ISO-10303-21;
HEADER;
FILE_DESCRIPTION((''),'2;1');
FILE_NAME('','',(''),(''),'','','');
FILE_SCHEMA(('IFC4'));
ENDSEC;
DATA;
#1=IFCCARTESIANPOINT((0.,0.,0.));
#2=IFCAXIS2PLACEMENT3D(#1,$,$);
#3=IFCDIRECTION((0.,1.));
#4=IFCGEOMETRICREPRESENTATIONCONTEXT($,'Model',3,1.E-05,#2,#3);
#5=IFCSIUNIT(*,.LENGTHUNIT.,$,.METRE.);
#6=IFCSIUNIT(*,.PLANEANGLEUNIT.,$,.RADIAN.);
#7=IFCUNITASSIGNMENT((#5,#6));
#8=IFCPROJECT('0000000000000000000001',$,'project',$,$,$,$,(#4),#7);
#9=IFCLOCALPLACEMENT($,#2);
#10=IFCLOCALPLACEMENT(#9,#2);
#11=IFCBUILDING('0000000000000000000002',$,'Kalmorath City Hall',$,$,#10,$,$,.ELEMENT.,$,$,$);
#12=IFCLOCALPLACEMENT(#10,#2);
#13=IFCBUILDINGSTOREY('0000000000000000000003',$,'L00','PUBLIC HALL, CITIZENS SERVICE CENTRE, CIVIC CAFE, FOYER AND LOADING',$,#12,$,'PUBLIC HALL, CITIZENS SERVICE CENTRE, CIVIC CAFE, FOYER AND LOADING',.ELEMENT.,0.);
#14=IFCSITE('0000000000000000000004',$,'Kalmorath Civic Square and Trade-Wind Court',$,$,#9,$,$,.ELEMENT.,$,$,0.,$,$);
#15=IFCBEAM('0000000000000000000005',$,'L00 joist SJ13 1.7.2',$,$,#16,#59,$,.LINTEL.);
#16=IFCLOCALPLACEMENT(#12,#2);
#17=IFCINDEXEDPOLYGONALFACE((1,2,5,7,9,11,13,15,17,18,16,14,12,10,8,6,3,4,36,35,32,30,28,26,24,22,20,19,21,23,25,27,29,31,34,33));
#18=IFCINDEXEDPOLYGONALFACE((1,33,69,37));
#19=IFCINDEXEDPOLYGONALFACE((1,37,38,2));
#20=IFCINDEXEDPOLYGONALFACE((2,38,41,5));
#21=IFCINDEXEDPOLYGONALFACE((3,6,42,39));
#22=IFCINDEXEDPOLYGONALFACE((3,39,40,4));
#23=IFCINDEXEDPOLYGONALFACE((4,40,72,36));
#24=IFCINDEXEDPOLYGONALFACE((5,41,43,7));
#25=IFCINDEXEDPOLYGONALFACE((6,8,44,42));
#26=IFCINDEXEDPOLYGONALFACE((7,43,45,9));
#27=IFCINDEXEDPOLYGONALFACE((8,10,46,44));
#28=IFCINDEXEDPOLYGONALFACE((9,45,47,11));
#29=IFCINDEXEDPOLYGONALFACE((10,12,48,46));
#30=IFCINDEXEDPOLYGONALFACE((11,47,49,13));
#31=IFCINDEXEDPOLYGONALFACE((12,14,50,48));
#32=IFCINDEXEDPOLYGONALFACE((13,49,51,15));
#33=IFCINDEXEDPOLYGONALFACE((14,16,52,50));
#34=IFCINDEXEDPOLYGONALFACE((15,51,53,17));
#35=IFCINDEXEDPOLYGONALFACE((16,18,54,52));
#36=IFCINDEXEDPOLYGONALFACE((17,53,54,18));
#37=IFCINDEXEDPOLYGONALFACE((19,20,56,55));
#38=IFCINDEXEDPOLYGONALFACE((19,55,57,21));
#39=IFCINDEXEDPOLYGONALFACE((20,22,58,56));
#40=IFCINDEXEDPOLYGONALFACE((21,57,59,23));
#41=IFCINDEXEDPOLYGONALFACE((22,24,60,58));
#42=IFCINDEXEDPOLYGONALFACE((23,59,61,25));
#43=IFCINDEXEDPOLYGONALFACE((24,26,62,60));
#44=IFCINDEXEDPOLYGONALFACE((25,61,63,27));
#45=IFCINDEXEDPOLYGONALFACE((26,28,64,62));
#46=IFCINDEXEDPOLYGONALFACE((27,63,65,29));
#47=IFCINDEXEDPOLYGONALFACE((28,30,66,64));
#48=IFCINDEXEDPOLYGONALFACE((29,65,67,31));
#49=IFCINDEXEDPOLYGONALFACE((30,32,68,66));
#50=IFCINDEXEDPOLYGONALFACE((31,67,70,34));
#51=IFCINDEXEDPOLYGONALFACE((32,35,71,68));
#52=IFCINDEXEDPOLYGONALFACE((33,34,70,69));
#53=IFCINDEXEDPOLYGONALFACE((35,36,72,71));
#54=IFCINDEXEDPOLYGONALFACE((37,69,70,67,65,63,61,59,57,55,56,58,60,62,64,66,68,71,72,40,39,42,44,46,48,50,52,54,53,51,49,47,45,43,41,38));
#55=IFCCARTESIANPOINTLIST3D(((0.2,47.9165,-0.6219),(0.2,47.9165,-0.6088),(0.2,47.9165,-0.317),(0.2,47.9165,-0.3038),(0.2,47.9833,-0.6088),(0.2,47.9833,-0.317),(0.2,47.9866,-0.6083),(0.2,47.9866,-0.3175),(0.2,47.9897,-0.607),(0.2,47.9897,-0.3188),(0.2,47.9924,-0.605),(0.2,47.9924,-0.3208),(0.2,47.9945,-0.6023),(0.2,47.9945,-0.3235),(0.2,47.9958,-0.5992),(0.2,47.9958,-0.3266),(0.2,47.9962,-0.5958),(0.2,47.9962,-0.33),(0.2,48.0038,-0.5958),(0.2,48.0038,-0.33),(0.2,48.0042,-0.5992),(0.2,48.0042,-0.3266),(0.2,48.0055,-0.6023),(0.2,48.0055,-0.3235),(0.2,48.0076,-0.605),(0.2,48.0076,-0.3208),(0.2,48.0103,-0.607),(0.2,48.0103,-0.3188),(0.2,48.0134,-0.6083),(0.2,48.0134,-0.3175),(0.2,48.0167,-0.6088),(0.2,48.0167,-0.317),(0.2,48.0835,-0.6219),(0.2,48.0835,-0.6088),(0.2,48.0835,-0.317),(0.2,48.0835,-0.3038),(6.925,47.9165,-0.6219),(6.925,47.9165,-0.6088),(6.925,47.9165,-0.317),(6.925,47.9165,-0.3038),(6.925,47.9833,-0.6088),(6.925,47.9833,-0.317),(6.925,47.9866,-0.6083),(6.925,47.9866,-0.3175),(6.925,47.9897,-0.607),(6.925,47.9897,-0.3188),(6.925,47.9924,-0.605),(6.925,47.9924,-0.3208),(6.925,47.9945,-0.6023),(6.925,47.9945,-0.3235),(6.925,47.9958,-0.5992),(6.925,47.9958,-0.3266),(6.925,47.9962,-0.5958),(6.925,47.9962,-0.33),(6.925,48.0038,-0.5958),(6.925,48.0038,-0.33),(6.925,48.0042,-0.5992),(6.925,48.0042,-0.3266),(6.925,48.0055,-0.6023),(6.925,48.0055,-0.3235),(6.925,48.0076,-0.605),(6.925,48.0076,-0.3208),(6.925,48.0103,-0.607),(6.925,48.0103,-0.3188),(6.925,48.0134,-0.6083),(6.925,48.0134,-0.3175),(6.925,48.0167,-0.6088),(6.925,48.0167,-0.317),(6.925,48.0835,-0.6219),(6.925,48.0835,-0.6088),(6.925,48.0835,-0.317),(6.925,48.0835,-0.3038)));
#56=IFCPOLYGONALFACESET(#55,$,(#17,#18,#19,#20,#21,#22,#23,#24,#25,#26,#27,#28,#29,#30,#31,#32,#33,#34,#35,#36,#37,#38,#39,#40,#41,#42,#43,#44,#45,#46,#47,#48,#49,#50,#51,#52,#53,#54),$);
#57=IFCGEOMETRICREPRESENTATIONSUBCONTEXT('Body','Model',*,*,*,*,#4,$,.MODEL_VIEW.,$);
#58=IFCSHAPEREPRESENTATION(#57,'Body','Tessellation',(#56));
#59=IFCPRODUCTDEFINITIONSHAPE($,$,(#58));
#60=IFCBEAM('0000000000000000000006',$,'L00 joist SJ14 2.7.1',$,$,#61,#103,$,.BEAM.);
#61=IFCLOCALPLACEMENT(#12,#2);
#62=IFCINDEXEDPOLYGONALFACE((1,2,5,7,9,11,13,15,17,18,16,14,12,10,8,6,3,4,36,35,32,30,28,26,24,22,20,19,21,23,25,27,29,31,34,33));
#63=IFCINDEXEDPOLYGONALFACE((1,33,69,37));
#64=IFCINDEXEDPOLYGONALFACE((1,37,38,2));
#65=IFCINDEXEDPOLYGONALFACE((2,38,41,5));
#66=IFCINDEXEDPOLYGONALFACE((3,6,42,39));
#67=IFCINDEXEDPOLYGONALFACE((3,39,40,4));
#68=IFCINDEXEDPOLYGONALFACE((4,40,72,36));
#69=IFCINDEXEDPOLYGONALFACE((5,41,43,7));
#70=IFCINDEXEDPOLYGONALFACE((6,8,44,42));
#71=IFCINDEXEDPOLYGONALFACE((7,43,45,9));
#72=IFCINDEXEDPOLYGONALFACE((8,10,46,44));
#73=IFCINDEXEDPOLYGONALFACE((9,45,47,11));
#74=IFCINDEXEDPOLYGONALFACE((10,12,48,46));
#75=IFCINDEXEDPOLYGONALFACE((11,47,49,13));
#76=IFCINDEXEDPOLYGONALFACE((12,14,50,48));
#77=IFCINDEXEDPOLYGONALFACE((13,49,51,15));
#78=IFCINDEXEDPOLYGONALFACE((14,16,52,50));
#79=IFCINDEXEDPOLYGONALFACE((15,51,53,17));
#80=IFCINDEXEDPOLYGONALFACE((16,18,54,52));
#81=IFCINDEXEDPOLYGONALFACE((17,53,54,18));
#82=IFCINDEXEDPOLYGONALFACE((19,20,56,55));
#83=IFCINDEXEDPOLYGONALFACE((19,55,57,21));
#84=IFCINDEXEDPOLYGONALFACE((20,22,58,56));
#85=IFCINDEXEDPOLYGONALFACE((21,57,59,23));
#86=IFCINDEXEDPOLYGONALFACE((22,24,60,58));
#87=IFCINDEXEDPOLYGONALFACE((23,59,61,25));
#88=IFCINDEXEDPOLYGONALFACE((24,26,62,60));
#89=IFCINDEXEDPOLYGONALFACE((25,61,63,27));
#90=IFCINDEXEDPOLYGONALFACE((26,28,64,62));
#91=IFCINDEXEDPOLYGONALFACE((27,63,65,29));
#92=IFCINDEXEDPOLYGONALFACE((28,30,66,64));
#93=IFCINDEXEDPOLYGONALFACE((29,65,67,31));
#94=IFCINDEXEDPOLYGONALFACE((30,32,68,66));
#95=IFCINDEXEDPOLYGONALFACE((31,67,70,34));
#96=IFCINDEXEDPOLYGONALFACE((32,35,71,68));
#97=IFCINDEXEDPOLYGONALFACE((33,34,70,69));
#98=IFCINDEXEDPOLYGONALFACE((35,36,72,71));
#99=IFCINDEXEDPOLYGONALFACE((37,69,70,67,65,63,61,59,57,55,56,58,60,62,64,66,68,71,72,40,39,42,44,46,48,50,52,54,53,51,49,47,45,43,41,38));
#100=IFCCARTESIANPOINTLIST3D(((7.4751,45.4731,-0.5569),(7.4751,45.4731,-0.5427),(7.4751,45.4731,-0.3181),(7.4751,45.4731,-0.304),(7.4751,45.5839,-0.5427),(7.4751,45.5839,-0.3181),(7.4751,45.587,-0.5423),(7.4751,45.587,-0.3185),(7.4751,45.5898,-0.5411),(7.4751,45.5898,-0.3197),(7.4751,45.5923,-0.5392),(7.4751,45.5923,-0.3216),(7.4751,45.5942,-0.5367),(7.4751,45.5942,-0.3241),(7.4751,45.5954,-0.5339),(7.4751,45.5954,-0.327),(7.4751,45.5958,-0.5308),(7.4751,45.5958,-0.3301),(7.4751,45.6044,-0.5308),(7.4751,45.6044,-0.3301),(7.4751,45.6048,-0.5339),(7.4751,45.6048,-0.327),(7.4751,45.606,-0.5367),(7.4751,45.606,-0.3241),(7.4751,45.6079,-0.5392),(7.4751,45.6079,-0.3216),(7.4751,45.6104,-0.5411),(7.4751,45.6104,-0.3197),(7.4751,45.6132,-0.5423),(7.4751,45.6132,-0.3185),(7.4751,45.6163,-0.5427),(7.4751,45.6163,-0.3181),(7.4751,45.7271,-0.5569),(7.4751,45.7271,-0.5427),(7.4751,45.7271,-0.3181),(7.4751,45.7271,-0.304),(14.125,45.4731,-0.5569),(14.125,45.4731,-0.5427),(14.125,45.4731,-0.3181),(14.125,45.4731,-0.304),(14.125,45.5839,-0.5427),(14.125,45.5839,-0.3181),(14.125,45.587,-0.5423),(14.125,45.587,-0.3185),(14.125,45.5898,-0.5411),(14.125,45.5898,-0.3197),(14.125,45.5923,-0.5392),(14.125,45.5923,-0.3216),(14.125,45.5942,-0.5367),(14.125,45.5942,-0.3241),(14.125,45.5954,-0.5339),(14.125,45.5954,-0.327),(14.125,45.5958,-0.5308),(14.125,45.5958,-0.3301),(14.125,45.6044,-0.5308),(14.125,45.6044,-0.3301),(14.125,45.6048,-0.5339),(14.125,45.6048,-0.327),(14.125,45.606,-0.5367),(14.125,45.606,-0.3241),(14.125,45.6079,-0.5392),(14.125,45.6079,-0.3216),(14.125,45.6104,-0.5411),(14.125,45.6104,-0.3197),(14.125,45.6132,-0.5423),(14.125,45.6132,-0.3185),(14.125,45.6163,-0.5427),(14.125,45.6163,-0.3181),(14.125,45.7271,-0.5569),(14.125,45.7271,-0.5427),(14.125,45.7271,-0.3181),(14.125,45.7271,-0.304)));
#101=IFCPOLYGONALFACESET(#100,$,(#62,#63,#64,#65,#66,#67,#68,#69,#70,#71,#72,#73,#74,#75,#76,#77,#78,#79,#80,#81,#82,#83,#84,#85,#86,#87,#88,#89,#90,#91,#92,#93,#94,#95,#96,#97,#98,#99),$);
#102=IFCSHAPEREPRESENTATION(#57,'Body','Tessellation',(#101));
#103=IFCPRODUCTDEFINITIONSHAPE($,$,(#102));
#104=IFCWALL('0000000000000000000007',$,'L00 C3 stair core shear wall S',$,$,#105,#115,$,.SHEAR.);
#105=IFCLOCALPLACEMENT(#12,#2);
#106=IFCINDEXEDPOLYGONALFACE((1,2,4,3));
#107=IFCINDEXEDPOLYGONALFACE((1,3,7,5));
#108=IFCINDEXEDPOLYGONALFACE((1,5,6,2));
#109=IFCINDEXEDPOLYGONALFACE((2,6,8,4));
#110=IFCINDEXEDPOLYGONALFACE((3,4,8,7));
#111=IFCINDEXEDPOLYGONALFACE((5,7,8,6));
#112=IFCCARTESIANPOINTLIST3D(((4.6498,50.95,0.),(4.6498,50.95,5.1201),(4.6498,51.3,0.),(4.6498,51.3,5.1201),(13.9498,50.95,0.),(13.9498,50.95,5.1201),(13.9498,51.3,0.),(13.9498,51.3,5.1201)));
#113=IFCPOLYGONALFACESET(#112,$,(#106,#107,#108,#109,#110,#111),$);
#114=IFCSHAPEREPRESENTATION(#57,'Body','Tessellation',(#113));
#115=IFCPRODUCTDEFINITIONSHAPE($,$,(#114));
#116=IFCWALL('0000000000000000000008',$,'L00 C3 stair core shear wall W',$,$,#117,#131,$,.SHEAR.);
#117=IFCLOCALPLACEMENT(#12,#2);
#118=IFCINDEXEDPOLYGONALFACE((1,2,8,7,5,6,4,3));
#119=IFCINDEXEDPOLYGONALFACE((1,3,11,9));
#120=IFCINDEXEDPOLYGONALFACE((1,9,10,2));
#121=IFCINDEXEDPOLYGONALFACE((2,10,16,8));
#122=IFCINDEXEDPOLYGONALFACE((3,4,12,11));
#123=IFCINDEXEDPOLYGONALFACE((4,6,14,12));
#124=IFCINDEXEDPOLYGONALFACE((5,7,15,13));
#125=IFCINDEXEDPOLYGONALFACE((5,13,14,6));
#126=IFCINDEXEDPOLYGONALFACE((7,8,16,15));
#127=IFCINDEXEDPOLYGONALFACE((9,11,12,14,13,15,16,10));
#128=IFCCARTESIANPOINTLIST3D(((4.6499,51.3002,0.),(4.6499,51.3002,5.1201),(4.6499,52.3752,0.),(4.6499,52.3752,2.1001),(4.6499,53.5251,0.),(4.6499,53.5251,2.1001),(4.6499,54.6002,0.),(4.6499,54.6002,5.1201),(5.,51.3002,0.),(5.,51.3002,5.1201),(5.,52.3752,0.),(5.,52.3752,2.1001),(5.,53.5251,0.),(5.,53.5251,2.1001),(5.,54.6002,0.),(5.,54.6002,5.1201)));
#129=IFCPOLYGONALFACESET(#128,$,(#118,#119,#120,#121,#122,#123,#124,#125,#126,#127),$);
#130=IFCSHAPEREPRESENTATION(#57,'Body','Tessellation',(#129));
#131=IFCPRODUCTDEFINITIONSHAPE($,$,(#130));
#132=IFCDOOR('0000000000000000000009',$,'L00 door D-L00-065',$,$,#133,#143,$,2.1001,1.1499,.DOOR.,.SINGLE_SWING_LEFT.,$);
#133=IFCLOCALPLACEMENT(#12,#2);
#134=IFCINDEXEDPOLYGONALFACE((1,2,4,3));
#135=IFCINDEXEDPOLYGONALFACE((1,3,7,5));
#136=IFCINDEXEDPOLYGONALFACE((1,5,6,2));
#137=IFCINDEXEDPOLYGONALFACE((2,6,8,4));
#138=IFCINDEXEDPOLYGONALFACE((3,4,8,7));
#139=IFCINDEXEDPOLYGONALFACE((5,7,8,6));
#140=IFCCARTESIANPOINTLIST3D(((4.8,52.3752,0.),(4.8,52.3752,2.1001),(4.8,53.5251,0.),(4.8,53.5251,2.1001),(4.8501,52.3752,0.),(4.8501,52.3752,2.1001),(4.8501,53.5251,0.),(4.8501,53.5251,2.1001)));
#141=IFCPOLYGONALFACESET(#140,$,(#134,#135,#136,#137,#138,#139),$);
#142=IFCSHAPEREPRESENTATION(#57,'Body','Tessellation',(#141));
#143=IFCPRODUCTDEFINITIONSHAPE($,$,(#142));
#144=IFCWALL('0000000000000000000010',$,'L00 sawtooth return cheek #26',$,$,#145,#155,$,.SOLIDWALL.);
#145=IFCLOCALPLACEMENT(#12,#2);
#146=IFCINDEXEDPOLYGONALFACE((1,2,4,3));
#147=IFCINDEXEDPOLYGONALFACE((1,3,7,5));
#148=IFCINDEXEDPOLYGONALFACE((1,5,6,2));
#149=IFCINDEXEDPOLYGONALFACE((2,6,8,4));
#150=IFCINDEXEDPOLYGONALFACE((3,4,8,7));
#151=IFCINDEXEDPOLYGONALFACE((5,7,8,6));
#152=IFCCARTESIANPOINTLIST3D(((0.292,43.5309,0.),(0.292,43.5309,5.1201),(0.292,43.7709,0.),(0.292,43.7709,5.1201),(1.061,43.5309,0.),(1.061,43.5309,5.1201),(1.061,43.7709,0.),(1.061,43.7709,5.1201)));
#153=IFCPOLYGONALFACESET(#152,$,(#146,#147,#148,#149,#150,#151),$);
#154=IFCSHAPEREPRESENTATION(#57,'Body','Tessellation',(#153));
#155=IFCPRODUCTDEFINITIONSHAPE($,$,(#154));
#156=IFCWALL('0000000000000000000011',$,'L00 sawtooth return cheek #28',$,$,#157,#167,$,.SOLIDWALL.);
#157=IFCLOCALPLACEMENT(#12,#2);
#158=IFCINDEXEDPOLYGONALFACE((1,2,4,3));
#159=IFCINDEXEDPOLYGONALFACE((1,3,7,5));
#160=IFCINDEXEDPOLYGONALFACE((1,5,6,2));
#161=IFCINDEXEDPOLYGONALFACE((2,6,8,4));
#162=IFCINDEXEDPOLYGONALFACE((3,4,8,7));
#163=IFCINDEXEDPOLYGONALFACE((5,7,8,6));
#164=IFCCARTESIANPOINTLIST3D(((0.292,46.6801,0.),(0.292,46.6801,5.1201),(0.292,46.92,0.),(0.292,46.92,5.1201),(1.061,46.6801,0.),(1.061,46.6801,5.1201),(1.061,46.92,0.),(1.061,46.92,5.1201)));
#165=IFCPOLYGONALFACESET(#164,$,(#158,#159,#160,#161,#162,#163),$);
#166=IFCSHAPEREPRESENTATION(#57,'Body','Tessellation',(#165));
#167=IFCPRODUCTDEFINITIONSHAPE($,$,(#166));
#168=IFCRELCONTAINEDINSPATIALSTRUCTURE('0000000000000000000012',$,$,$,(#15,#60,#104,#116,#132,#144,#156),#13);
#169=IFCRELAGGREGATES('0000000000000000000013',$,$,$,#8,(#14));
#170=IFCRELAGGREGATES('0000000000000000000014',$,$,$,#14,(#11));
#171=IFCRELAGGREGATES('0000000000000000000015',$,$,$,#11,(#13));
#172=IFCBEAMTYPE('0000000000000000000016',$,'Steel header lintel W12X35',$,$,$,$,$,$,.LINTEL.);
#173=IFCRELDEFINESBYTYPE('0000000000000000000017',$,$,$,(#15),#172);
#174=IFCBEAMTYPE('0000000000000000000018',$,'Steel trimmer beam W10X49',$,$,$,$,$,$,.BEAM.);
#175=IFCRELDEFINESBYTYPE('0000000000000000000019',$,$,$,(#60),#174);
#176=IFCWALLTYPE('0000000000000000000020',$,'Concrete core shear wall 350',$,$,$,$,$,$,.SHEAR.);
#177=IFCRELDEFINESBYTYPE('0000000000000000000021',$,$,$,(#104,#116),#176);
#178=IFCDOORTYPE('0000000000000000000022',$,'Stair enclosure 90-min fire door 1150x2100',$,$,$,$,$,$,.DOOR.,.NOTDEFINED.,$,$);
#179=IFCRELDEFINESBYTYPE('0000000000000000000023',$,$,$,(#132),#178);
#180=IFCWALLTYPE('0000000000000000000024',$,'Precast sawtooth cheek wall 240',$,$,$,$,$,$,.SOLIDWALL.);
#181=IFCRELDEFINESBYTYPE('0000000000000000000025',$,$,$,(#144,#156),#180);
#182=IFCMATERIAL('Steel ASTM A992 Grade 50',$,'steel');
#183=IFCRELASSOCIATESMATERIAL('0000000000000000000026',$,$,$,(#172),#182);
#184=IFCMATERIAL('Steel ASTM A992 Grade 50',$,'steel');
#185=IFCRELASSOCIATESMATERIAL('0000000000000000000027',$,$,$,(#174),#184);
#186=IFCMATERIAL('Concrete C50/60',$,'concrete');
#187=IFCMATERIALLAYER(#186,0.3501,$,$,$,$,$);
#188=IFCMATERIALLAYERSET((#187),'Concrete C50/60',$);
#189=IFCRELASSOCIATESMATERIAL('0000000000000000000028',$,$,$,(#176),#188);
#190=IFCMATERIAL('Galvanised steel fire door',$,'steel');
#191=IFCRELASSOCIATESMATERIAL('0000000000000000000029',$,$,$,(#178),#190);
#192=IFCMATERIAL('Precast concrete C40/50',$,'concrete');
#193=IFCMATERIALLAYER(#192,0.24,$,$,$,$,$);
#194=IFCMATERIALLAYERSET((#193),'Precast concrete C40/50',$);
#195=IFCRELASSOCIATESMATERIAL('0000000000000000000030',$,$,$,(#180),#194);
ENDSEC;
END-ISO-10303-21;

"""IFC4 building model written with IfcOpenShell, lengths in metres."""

from ifc_helpers import new_model, si_unit, direction, frame, frame_2d, origin, origin_2d, place, context, subcontext, project, spatial, rectangle, i_section, extrude, material, layer, layer_set, material_profile, profile_set, type_object, element, fill, save


model = new_model("IFC4")

# Units and contexts
model_context = context("Model", 3, precision=1e-05, world=origin(), true_north=direction((0.0, 1.0)))
body_context = subcontext(model_context, "Body", "Model", "MODEL_VIEW")
ifc_project = project(units=[si_unit("LENGTHUNIT", "METRE"), si_unit("PLANEANGLEUNIT", "RADIAN")], contexts=[model_context])

# Site, building, storey
site_placement = place(None, origin())
site = spatial("IfcSite", under=ifc_project, at=site_placement, Name="Kalmorath Civic Square and Trade-Wind Court", CompositionType="ELEMENT", RefElevation=0.0)
building_placement = place(site_placement, origin())
building = spatial("IfcBuilding", under=site, at=building_placement, Name="Kalmorath City Hall", CompositionType="ELEMENT")
storey_placement = place(building_placement, origin())
storey = spatial("IfcBuildingStorey", under=building, at=storey_placement, Name="L00", Description="PUBLIC HALL, CITIZENS SERVICE CENTRE, CIVIC CAFE, FOYER AND LOADING", LongName="PUBLIC HALL, CITIZENS SERVICE CENTRE, CIVIC CAFE, FOYER AND LOADING", CompositionType="ELEMENT", Elevation=0.0)

# Beams
ifc_material_1 = material(Name="Steel ASTM A992 Grade 50", Category="steel")
ifc_material_profile_1 = material_profile(ifc_material_1, i_section(OverallWidth=0.167, OverallDepth=0.3181, WebThickness=0.0076, FlangeThickness=0.0132, FilletRadius=0.0129, at=origin_2d()), Name="W12X35")
ifc_profile_set_1 = profile_set([ifc_material_profile_1], Name="Steel ASTM A992 Grade 50")
beam_type_1 = type_object("IfcBeamType", Name="Steel header lintel W12X35", PredefinedType="LINTEL", material=ifc_profile_set_1)
for number, where, z_axis, x_axis, name in (
    (1, (0.2, 48.0, -0.4629), (1.0, 0.0, 0.0), (0.0, 1.0, 0.0), "L00 joist SJ13 1.7.2"),
):
    element("IfcBeam", number, at=place(storey_placement, frame(where, z_axis=z_axis, x_axis=x_axis)), inside=storey, type_object=beam_type_1, Name=name, PredefinedType="LINTEL", context=body_context, shape_type="SweptSolid", body=[
        extrude(i_section(OverallWidth=0.167, OverallDepth=0.3181, WebThickness=0.0076, FlangeThickness=0.0132, FilletRadius=0.0129, at=origin_2d()), origin(), (0.0, 0.0, 1.0), 6.7251),
    ])
ifc_material_2 = material(Name="Steel ASTM A992 Grade 50", Category="steel")
ifc_material_profile_2 = material_profile(ifc_material_2, i_section(OverallWidth=0.2539, OverallDepth=0.2529, WebThickness=0.0085, FlangeThickness=0.0142, FilletRadius=0.012, at=origin_2d()), Name="W10X49")
ifc_profile_set_2 = profile_set([ifc_material_profile_2], Name="Steel ASTM A992 Grade 50")
beam_type_2 = type_object("IfcBeamType", Name="Steel trimmer beam W10X49", PredefinedType="BEAM", material=ifc_profile_set_2)
beam_1_placement = place(storey_placement, frame((7.4751, 45.6001, -0.4304), z_axis=(1.0, 0.0, 0.0), x_axis=(0.0, 1.0, 0.0)))
element("IfcBeam", 2, at=beam_1_placement, inside=storey, type_object=beam_type_2, Name="L00 joist SJ14 2.7.1", PredefinedType="BEAM", context=body_context, shape_type="SweptSolid", body=[
    extrude(i_section(OverallWidth=0.2539, OverallDepth=0.2529, WebThickness=0.0085, FlangeThickness=0.0142, FilletRadius=0.012, at=origin_2d()), origin(), (0.0, 0.0, 1.0), 6.6499),
])

# Wall
ifc_material_3 = material(Name="Concrete C50/60", Category="concrete")
ifc_layer_1 = layer(ifc_material_3, 0.3501)
ifc_layer_set_1 = layer_set([ifc_layer_1], Name="Concrete C50/60")
wall_type_1 = type_object("IfcWallType", Name="Concrete core shear wall 350", PredefinedType="SHEAR", material=ifc_layer_set_1)
wall_1_placement = place(storey_placement, frame((4.6499, 51.125, 0.0), z_axis=(0.0, 0.0, 1.0), x_axis=(1.0, 0.0, 0.0)))
element("IfcWall", 3, at=wall_1_placement, inside=storey, type_object=wall_type_1, Name="L00 C3 stair core shear wall S", PredefinedType="SHEAR", context=body_context, shape_type="SweptSolid", body=[
    extrude(rectangle(XDim=9.3, YDim=0.3501, at=frame_2d((4.6499, 0.0))), origin(), (0.0, 0.0, 1.0), 5.1201),
])

# Wall, opening, door
wall_2_placement = place(storey_placement, frame((4.825, 54.6001, 0.0), z_axis=(0.0, 0.0, 1.0), x_axis=(0.0, -1.0, 0.0)))
wall_2 = element("IfcWall", 4, at=wall_2_placement, inside=storey, type_object=wall_type_1, Name="L00 C3 stair core shear wall W", PredefinedType="SHEAR", context=body_context, shape_type="SweptSolid", body=[
    extrude(rectangle(XDim=3.3, YDim=0.3501, at=frame_2d((1.6499, 0.0))), origin(), (0.0, 0.0, 1.0), 5.1201),
])
opening_1_placement = place(wall_2_placement, frame((1.075, 0.0, 0.0)))
opening_1 = element("IfcOpeningElement", 5, at=opening_1_placement, cuts=wall_2, PredefinedType="OPENING", context=body_context, shape_type="SweptSolid", body=[
    extrude(rectangle(XDim=1.1499, YDim=2.1001, at=frame_2d((0.575, 1.05))), frame((0.0, 0.1851, 0.0), z_axis=(0.0, -1.0, 0.0), x_axis=(1.0, 0.0, 0.0)), (0.0, 0.0, 1.0), 0.3701),
])
ifc_material_4 = material(Name="Galvanised steel fire door", Category="steel")
door_type_1 = type_object("IfcDoorType", Name="Stair enclosure 90-min fire door 1150x2100", OperationType="NOTDEFINED", PredefinedType="DOOR", material=ifc_material_4)
door_1_placement = place(opening_1_placement, frame((1.1499, 0.0, 0.0), z_axis=(0.0, 0.0, 1.0), x_axis=(-1.0, 0.0, 0.0)))
door_1 = element("IfcDoor", 6, at=door_1_placement, inside=storey, type_object=door_type_1, Name="L00 door D-L00-065", OperationType="SINGLE_SWING_LEFT", OverallHeight=2.1001, OverallWidth=1.1499, PredefinedType="DOOR", context=body_context, shape_type="SweptSolid", body=[
    extrude(rectangle(XDim=1.1499, YDim=2.1001, at=frame_2d((0.575, 1.05))), frame((0.0, 0.0249, 0.0), z_axis=(0.0, -1.0, 0.0), x_axis=(1.0, 0.0, 0.0)), (0.0, 0.0, 1.0), 0.05),
])
fill(opening_1, door_1)

# Walls
ifc_material_5 = material(Name="Precast concrete C40/50", Category="concrete")
ifc_layer_2 = layer(ifc_material_5, 0.24)
ifc_layer_set_2 = layer_set([ifc_layer_2], Name="Precast concrete C40/50")
wall_type_2 = type_object("IfcWallType", Name="Precast sawtooth cheek wall 240", PredefinedType="SOLIDWALL", material=ifc_layer_set_2)
for number, where, z_axis, x_axis, name in (
    (7, (1.061, 43.6509, 0.0), (0.0, 0.0, 1.0), (-1.0, 0.0, 0.0), "L00 sawtooth return cheek #26"),
    (8, (1.061, 46.8, 0.0), (0.0, 0.0, 1.0), (-1.0, 0.0, 0.0), "L00 sawtooth return cheek #28"),
):
    element("IfcWall", number, at=place(storey_placement, frame(where, z_axis=z_axis, x_axis=x_axis)), inside=storey, type_object=wall_type_2, Name=name, PredefinedType="SOLIDWALL", context=body_context, shape_type="SweptSolid", body=[
        extrude(rectangle(XDim=0.769, YDim=0.24, at=frame_2d((0.3845, 0.0))), origin(), (0.0, 0.0, 1.0), 5.1201),
    ])

save(model, "model.ifc")
